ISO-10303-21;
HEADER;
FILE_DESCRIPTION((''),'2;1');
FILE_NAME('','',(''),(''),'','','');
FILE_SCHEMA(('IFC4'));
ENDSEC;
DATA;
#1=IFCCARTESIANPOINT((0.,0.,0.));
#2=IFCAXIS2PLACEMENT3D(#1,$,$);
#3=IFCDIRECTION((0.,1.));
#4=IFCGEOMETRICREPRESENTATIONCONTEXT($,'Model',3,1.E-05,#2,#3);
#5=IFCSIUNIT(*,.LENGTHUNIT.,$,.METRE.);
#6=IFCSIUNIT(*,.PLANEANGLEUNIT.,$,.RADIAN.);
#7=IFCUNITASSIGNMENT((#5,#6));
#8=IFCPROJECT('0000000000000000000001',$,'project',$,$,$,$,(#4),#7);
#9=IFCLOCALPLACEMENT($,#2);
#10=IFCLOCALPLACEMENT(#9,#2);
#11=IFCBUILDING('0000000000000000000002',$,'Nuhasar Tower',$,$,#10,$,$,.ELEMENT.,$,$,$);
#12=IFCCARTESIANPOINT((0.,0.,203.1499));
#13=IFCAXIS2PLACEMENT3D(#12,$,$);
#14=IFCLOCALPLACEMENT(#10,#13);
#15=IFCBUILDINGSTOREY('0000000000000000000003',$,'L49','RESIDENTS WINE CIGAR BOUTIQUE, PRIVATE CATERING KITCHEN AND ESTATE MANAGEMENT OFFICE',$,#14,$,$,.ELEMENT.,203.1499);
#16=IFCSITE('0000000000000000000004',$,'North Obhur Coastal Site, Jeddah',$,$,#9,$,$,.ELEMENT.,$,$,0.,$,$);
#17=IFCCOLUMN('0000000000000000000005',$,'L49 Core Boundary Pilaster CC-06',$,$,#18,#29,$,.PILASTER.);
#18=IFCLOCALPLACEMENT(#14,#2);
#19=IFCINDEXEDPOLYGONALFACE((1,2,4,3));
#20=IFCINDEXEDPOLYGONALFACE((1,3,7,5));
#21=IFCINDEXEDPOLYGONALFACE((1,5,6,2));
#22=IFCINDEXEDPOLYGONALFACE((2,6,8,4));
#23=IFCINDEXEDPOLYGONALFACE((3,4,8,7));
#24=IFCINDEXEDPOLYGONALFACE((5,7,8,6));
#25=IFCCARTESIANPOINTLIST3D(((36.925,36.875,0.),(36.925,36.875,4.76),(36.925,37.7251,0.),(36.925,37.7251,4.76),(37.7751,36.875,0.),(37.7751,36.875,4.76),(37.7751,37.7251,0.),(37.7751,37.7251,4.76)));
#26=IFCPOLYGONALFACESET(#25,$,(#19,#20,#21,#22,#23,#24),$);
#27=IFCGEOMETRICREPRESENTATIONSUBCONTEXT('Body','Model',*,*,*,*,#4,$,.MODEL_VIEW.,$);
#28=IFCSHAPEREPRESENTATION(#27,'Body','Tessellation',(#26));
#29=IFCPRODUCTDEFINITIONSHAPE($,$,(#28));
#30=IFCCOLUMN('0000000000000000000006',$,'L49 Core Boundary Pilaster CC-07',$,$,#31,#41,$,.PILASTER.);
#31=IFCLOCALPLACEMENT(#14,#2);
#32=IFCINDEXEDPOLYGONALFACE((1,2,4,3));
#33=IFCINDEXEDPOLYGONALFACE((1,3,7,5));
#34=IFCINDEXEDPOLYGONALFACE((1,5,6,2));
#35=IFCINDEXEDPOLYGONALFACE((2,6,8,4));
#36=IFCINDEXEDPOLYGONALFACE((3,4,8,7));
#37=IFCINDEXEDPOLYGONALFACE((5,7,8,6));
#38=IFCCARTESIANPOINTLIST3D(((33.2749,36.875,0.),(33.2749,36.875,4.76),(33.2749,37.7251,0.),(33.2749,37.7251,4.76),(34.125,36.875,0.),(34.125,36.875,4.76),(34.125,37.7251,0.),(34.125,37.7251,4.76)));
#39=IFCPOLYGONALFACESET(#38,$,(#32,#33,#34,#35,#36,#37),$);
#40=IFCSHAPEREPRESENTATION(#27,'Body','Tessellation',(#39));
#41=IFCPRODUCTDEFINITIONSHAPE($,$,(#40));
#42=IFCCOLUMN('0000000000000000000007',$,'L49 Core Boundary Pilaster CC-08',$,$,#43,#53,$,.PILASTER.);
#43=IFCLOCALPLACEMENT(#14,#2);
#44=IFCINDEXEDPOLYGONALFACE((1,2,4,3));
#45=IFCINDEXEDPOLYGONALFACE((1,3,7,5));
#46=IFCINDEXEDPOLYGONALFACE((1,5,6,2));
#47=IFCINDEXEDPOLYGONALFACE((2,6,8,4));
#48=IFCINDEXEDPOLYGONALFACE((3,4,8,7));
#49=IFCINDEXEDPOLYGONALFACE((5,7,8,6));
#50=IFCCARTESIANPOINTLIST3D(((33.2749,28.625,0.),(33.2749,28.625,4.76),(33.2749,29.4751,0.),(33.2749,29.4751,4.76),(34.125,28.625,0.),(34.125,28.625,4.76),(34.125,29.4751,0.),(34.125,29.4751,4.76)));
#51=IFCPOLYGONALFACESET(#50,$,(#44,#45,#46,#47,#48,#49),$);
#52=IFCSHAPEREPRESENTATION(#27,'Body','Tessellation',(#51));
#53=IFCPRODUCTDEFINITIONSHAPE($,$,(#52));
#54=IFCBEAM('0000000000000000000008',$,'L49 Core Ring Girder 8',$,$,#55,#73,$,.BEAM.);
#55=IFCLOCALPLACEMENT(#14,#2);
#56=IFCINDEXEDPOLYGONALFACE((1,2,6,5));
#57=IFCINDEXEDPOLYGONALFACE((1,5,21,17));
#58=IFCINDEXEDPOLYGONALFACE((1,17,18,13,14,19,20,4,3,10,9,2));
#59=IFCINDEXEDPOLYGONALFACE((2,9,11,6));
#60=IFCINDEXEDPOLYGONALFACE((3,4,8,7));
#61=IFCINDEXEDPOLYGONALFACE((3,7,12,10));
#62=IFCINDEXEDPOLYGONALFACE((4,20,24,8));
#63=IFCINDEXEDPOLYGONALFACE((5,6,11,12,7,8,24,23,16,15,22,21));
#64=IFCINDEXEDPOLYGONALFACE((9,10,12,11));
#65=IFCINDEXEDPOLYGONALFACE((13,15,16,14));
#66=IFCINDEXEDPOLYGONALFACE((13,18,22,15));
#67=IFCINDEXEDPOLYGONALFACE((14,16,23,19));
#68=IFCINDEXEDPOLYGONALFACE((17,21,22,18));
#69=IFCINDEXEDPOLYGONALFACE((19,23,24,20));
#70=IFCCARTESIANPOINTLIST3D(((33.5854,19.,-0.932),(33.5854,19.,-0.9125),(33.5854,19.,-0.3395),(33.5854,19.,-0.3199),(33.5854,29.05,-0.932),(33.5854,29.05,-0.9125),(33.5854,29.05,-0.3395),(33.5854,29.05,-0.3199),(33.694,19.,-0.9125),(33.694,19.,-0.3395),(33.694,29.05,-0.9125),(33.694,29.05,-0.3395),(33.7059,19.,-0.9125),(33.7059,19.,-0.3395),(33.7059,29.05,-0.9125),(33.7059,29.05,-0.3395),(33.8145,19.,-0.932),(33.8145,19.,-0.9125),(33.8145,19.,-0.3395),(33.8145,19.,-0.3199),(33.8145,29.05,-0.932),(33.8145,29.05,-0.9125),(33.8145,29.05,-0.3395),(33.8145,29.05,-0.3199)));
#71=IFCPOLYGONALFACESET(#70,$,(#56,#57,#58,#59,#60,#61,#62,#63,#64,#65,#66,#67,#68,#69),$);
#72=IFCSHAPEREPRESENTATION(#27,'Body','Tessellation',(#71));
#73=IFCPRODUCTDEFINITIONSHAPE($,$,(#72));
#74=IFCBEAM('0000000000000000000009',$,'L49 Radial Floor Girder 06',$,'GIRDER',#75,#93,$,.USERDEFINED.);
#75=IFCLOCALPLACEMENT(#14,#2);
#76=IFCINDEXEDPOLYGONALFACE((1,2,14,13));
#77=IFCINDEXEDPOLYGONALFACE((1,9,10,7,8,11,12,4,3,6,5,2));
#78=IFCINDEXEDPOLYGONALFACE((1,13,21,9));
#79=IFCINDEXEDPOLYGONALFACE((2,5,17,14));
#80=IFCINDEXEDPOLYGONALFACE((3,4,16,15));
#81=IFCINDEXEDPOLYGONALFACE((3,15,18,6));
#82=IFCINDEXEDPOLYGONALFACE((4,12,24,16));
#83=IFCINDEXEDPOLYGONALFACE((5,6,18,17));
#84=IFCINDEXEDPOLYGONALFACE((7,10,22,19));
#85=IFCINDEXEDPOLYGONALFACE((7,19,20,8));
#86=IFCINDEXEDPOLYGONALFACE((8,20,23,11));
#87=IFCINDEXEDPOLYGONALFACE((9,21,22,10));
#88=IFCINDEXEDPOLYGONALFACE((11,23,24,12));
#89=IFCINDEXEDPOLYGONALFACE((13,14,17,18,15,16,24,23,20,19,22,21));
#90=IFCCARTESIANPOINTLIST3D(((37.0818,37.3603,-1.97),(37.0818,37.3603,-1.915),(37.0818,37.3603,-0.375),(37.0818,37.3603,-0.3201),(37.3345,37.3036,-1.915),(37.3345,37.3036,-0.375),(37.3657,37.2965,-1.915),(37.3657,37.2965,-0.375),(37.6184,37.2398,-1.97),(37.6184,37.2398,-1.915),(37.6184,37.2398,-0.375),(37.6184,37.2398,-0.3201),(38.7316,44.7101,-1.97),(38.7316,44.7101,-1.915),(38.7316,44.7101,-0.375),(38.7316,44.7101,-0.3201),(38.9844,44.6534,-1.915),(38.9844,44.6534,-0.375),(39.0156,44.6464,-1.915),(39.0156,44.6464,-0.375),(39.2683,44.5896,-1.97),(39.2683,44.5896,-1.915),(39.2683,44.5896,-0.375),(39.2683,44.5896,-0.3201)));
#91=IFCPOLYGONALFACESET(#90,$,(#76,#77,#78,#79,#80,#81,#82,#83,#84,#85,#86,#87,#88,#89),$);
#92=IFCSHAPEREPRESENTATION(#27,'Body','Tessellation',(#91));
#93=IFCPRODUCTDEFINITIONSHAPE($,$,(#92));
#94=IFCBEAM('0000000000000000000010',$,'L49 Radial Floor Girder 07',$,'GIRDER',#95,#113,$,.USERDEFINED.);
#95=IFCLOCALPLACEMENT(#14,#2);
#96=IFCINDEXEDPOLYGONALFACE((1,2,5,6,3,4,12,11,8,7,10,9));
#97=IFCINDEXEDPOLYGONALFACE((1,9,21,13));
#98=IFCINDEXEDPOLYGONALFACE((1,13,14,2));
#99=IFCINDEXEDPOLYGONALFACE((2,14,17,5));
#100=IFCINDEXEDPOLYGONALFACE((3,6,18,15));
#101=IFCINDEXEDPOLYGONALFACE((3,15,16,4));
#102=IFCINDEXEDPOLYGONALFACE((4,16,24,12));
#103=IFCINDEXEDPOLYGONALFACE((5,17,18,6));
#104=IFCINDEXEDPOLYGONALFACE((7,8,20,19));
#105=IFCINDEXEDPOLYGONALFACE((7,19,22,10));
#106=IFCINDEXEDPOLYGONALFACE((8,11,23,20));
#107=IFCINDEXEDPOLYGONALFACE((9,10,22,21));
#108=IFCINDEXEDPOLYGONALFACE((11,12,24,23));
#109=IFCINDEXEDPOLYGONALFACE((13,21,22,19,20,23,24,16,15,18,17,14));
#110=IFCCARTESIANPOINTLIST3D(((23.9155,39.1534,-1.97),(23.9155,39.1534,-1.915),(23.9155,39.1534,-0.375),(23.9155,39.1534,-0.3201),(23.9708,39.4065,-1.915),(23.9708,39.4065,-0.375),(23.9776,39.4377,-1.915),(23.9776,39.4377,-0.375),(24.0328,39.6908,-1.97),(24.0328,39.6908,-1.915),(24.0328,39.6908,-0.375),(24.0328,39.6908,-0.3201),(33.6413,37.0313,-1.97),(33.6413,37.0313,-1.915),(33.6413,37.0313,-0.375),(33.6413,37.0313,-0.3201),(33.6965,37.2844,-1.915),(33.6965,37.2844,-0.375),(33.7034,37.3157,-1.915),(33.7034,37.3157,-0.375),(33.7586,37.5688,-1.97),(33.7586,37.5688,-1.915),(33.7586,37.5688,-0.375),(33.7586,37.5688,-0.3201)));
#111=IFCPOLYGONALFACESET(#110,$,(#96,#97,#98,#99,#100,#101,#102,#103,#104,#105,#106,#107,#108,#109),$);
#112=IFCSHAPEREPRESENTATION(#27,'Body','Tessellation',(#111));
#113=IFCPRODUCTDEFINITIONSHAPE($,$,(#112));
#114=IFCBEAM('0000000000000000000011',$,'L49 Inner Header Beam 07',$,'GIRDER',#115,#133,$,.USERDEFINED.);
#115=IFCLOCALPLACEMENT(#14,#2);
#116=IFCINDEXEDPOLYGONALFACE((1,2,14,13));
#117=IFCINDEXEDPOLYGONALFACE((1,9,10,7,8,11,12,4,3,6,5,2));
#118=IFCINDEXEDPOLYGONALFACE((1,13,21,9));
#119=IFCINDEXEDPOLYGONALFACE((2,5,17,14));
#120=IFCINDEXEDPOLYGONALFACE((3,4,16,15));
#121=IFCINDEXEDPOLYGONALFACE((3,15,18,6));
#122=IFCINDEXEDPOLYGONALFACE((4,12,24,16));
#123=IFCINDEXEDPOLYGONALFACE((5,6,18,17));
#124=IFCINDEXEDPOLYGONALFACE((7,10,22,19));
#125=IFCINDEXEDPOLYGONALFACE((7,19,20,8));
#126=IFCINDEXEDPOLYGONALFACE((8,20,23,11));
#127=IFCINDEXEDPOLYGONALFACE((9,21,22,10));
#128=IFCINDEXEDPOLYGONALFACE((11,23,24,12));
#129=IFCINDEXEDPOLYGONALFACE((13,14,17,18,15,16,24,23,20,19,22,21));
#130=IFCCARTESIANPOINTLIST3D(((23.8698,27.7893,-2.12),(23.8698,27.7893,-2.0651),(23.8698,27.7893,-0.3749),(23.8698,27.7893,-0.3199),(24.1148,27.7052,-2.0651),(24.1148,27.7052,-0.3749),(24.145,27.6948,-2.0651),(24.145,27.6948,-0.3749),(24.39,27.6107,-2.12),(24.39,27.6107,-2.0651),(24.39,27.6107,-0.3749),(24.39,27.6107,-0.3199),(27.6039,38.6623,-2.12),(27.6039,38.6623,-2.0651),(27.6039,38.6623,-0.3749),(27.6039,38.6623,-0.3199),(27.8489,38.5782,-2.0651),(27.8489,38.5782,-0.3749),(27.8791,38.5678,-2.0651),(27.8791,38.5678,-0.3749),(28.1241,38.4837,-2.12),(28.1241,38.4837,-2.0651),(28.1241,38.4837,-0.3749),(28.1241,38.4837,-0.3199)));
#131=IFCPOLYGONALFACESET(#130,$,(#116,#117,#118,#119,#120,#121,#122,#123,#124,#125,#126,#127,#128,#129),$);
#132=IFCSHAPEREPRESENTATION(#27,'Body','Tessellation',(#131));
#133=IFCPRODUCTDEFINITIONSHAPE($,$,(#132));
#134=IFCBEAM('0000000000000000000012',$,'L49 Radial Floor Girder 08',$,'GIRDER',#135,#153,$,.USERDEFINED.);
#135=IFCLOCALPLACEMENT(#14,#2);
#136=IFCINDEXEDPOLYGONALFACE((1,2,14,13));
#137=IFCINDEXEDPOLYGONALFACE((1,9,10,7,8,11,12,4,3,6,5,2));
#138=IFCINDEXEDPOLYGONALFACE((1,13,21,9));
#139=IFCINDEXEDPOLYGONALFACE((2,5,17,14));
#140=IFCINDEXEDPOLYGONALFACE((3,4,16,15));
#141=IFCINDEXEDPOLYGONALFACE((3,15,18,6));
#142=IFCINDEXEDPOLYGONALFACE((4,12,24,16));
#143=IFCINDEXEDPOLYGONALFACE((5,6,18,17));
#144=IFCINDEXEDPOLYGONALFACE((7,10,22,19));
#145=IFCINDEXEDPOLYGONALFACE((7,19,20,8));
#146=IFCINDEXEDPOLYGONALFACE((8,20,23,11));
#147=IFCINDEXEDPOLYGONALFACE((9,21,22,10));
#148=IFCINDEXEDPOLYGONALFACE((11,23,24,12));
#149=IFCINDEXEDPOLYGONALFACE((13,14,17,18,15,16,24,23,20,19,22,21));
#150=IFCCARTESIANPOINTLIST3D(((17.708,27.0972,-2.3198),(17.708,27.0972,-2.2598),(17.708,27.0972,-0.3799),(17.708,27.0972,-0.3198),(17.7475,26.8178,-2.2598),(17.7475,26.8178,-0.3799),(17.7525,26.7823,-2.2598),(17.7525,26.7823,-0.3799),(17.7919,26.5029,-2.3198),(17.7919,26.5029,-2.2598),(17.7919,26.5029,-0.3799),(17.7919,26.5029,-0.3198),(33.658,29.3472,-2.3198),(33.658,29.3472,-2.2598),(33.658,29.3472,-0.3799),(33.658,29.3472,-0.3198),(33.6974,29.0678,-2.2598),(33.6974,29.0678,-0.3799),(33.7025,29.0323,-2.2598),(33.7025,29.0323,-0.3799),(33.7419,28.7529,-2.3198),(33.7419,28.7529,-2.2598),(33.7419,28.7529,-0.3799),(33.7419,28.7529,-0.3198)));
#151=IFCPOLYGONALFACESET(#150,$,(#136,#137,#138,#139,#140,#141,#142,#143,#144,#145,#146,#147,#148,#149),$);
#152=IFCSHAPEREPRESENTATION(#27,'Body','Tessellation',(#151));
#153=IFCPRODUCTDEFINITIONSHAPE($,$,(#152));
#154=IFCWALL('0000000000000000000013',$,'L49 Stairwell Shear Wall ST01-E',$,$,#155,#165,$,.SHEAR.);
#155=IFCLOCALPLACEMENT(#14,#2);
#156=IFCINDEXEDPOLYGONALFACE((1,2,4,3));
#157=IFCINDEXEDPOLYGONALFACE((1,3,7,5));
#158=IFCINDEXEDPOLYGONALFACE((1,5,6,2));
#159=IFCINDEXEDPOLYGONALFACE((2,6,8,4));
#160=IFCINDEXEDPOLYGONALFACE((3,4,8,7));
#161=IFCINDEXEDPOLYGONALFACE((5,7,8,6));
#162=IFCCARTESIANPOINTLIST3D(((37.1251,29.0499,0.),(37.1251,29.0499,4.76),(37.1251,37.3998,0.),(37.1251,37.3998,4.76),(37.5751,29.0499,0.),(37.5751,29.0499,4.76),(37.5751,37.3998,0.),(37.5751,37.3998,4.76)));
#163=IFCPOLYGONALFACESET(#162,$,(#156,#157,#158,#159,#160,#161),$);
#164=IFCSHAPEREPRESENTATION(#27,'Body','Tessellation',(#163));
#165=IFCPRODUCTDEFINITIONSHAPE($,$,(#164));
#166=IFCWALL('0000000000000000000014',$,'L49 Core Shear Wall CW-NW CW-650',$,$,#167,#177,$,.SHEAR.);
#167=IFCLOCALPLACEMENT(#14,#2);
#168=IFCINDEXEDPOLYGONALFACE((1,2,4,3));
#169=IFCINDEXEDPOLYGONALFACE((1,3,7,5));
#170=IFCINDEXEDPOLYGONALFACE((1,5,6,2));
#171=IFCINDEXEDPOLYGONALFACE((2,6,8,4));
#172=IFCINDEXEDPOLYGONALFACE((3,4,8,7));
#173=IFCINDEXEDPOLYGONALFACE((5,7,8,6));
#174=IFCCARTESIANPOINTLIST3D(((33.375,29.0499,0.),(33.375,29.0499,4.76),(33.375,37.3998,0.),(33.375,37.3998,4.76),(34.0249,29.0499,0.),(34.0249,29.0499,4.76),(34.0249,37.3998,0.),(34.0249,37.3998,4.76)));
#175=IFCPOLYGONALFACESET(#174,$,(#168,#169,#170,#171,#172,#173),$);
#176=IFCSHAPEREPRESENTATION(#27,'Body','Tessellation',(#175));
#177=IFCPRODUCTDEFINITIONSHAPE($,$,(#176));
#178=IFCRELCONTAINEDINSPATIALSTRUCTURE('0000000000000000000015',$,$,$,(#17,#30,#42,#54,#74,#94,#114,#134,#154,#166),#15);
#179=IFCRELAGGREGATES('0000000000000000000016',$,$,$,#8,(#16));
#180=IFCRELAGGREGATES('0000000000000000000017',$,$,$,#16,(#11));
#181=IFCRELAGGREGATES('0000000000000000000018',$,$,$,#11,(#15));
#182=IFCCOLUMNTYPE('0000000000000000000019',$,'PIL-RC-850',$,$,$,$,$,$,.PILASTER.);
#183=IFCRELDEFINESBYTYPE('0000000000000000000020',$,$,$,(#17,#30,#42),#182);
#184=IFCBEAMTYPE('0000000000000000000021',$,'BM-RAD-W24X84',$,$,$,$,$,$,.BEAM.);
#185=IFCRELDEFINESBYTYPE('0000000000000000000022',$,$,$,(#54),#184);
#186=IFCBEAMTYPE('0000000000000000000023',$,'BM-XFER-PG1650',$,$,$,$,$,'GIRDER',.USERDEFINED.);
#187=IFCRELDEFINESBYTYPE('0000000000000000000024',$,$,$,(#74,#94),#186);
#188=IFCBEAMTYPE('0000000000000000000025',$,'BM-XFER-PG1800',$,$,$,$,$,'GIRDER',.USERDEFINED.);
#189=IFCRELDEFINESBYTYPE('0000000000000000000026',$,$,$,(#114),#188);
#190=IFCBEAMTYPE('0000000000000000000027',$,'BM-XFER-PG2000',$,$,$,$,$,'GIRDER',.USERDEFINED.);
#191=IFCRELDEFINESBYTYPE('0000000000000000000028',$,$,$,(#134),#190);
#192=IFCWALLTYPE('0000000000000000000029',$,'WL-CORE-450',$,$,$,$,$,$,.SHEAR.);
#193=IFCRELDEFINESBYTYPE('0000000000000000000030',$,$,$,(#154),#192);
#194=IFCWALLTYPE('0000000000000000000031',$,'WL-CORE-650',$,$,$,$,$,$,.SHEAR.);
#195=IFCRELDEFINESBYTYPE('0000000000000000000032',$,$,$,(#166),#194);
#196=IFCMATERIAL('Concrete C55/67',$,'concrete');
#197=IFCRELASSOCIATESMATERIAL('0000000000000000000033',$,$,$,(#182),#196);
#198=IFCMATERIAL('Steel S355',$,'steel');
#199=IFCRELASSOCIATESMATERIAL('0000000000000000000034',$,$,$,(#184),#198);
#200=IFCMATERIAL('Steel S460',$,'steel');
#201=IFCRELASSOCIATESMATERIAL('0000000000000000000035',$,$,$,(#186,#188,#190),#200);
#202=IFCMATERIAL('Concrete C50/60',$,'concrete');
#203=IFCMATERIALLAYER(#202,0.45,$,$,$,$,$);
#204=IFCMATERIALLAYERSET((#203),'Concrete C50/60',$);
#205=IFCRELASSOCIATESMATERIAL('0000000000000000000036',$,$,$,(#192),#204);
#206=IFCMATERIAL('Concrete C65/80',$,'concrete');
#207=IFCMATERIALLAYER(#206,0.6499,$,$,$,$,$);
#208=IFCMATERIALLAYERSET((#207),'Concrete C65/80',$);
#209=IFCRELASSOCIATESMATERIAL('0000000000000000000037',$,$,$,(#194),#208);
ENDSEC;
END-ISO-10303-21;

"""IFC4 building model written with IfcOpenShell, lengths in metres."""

from ifc_helpers import new_model, si_unit, direction, frame, frame_2d, origin, origin_2d, place, context, subcontext, project, spatial, rectangle, i_section, extrude, material, layer, layer_set, material_profile, profile_set, type_object, element, save


model = new_model("IFC4")

# Units and contexts
model_context = context("Model", 3, precision=1e-05, world=origin(), true_north=direction((0.0, 1.0)))
body_context = subcontext(model_context, "Body", "Model", "MODEL_VIEW")
ifc_project = project(units=[si_unit("LENGTHUNIT", "METRE"), si_unit("PLANEANGLEUNIT", "RADIAN")], contexts=[model_context])

# Site, building, storey
site_placement = place(None, origin())
site = spatial("IfcSite", under=ifc_project, at=site_placement, Name="North Obhur Coastal Site, Jeddah", CompositionType="ELEMENT", RefElevation=0.0)
building_placement = place(site_placement, origin())
building = spatial("IfcBuilding", under=site, at=building_placement, Name="Nuhasar Tower", CompositionType="ELEMENT")
storey_placement = place(building_placement, frame((0.0, 0.0, 203.1499)))
storey = spatial("IfcBuildingStorey", under=building, at=storey_placement, Name="L49", Description="RESIDENTS WINE CIGAR BOUTIQUE, PRIVATE CATERING KITCHEN AND ESTATE MANAGEMENT OFFICE", CompositionType="ELEMENT", Elevation=203.1499)

# Columns
ifc_material_1 = material(Name="Concrete C55/67", Category="concrete")
ifc_material_profile_1 = material_profile(ifc_material_1, rectangle(XDim=0.8501, YDim=0.8501, at=origin_2d()), Name="RC850X850")
ifc_profile_set_1 = profile_set([ifc_material_profile_1], Name="Concrete C55/67")
column_type = type_object("IfcColumnType", Name="PIL-RC-850", PredefinedType="PILASTER", material=ifc_profile_set_1)
for number, where, z_axis, x_axis, name in (
    (1, (37.3501, 37.3, 0.0), (0.0, 0.0, 1.0), (1.0, 0.0, 0.0), "L49 Core Boundary Pilaster CC-06"),
    (2, (33.7, 37.3, 0.0), (0.0, 0.0, 1.0), (1.0, 0.0, 0.0), "L49 Core Boundary Pilaster CC-07"),
    (3, (33.7, 29.05, 0.0), (0.0, 0.0, 1.0), (1.0, 0.0, 0.0), "L49 Core Boundary Pilaster CC-08"),
):
    element("IfcColumn", number, at=place(storey_placement, frame(where, z_axis=z_axis, x_axis=x_axis)), inside=storey, type_object=column_type, Name=name, PredefinedType="PILASTER", context=body_context, shape_type="SweptSolid", body=[
        extrude(rectangle(XDim=0.8501, YDim=0.8501, at=origin_2d()), origin(), (0.0, 0.0, 1.0), 4.76),
    ])

# Beams
ifc_material_2 = material(Name="Steel S355", Category="steel")
ifc_material_profile_2 = material_profile(ifc_material_2, i_section(OverallWidth=0.229, OverallDepth=0.6121, WebThickness=0.012, FlangeThickness=0.0195, at=origin_2d()), Name="W24X84")
ifc_profile_set_2 = profile_set([ifc_material_profile_2], Name="Steel S355")
beam_type_1 = type_object("IfcBeamType", Name="BM-RAD-W24X84", PredefinedType="BEAM", material=ifc_profile_set_2)
beam_1_placement = place(storey_placement, frame((33.7, 29.05, -0.626), z_axis=(0.0, -1.0, 0.0), x_axis=(1.0, 0.0, 0.0)))
element("IfcBeam", 4, at=beam_1_placement, inside=storey, type_object=beam_type_1, Name="L49 Core Ring Girder 8", PredefinedType="BEAM", context=body_context, shape_type="SweptSolid", body=[
    extrude(i_section(OverallWidth=0.229, OverallDepth=0.6121, WebThickness=0.012, FlangeThickness=0.0195, at=origin_2d()), origin(), (0.0, 0.0, 1.0), 10.05),
])
ifc_material_3 = material(Name="Steel S460", Category="steel")
ifc_material_profile_3 = material_profile(ifc_material_3, i_section(OverallWidth=0.55, OverallDepth=1.6499, WebThickness=0.032, FlangeThickness=0.0549, at=origin_2d()), Name="PG1650X550")
ifc_profile_set_3 = profile_set([ifc_material_profile_3], Name="Steel S460")
beam_type_2 = type_object("IfcBeamType", Name="BM-XFER-PG1650", ElementType="GIRDER", PredefinedType="USERDEFINED", material=ifc_profile_set_3)
beam_2_placement = place(storey_placement, frame((37.3501, 37.3, -1.145), z_axis=(0.21903, 0.975718, 0.0), x_axis=(-0.975718, 0.21903, 0.0)))
element("IfcBeam", 5, at=beam_2_placement, inside=storey, type_object=beam_type_2, Name="L49 Radial Floor Girder 06", ObjectType="GIRDER", PredefinedType="USERDEFINED", context=body_context, shape_type="SweptSolid", body=[
    extrude(i_section(OverallWidth=0.55, OverallDepth=1.6499, WebThickness=0.032, FlangeThickness=0.0549, at=origin_2d()), origin(), (0.0, 0.0, 1.0), 7.5327),
])
beam_3_placement = place(storey_placement, frame((33.7, 37.3, -1.145), z_axis=(-0.977014, 0.213174, 0.0), x_axis=(-0.213174, -0.977014, 0.0)))
element("IfcBeam", 6, at=beam_3_placement, inside=storey, type_object=beam_type_2, Name="L49 Radial Floor Girder 07", ObjectType="GIRDER", PredefinedType="USERDEFINED", context=body_context, shape_type="SweptSolid", body=[
    extrude(i_section(OverallWidth=0.55, OverallDepth=1.6499, WebThickness=0.032, FlangeThickness=0.0549, at=origin_2d()), origin(), (0.0, 0.0, 1.0), 9.9546),
])
ifc_material_profile_4 = material_profile(ifc_material_3, i_section(OverallWidth=0.55, OverallDepth=1.8, WebThickness=0.032, FlangeThickness=0.0549, at=origin_2d()), Name="PG1800X550")
ifc_profile_set_4 = profile_set([ifc_material_profile_4], Name="Steel S460")
beam_type_3 = type_object("IfcBeamType", Name="BM-XFER-PG1800", ElementType="GIRDER", PredefinedType="USERDEFINED", material=ifc_profile_set_4)
beam_4_placement = place(storey_placement, frame((27.864, 38.573, -1.22), z_axis=(-0.324809, -0.94578, 0.0), x_axis=(0.94578, -0.324809, 0.0)))
element("IfcBeam", 7, at=beam_4_placement, inside=storey, type_object=beam_type_3, Name="L49 Inner Header Beam 07", ObjectType="GIRDER", PredefinedType="USERDEFINED", context=body_context, shape_type="SweptSolid", body=[
    extrude(i_section(OverallWidth=0.55, OverallDepth=1.8, WebThickness=0.032, FlangeThickness=0.0549, at=origin_2d()), origin(), (0.0, 0.0, 1.0), 11.4963),
])
ifc_material_profile_5 = material_profile(ifc_material_3, i_section(OverallWidth=0.6001, OverallDepth=2.0, WebThickness=0.0359, FlangeThickness=0.0601, at=origin_2d()), Name="PG2000X600")
ifc_profile_set_5 = profile_set([ifc_material_profile_5], Name="Steel S460")
beam_type_4 = type_object("IfcBeamType", Name="BM-XFER-PG2000", ElementType="GIRDER", PredefinedType="USERDEFINED", material=ifc_profile_set_5)
beam_5_placement = place(storey_placement, frame((33.7, 29.05, -1.3198), z_axis=(-0.990196, -0.139683, 0.0), x_axis=(0.139683, -0.990196, 0.0)))
element("IfcBeam", 8, at=beam_5_placement, inside=storey, type_object=beam_type_4, Name="L49 Radial Floor Girder 08", ObjectType="GIRDER", PredefinedType="USERDEFINED", context=body_context, shape_type="SweptSolid", body=[
    extrude(i_section(OverallWidth=0.6001, OverallDepth=2.0, WebThickness=0.0359, FlangeThickness=0.0601, at=origin_2d()), origin(), (0.0, 0.0, 1.0), 16.1079),
])

# Shared definitions
ifc_material_4 = material(Name="Concrete C50/60", Category="concrete")
ifc_layer_1 = layer(ifc_material_4, 0.45)
ifc_layer_set_1 = layer_set([ifc_layer_1], Name="Concrete C50/60")
wall_type_1 = type_object("IfcWallType", Name="WL-CORE-450", PredefinedType="SHEAR", material=ifc_layer_set_1)

# Walls
wall_1_placement = place(storey_placement, frame((37.3501, 29.05, 0.0), z_axis=(0.0, 0.0, 1.0), x_axis=(0.0, 1.0, 0.0)))
element("IfcWall", 9, at=wall_1_placement, inside=storey, type_object=wall_type_1, Name="L49 Stairwell Shear Wall ST01-E", PredefinedType="SHEAR", context=body_context, shape_type="SweptSolid", body=[
    extrude(rectangle(XDim=8.3499, YDim=0.45, at=frame_2d((4.1748, 0.0))), origin(), (0.0, 0.0, 1.0), 4.76),
])
ifc_material_5 = material(Name="Concrete C65/80", Category="concrete")
ifc_layer_2 = layer(ifc_material_5, 0.6499)
ifc_layer_set_2 = layer_set([ifc_layer_2], Name="Concrete C65/80")
wall_type_2 = type_object("IfcWallType", Name="WL-CORE-650", PredefinedType="SHEAR", material=ifc_layer_set_2)
wall_2_placement = place(storey_placement, frame((33.7, 29.05, 0.0), z_axis=(0.0, 0.0, 1.0), x_axis=(0.0, 1.0, 0.0)))
element("IfcWall", 10, at=wall_2_placement, inside=storey, type_object=wall_type_2, Name="L49 Core Shear Wall CW-NW CW-650", PredefinedType="SHEAR", context=body_context, shape_type="SweptSolid", body=[
    extrude(rectangle(XDim=8.3499, YDim=0.6499, at=frame_2d((4.1748, 0.0))), origin(), (0.0, 0.0, 1.0), 4.76),
])

save(model, "model.ifc")
